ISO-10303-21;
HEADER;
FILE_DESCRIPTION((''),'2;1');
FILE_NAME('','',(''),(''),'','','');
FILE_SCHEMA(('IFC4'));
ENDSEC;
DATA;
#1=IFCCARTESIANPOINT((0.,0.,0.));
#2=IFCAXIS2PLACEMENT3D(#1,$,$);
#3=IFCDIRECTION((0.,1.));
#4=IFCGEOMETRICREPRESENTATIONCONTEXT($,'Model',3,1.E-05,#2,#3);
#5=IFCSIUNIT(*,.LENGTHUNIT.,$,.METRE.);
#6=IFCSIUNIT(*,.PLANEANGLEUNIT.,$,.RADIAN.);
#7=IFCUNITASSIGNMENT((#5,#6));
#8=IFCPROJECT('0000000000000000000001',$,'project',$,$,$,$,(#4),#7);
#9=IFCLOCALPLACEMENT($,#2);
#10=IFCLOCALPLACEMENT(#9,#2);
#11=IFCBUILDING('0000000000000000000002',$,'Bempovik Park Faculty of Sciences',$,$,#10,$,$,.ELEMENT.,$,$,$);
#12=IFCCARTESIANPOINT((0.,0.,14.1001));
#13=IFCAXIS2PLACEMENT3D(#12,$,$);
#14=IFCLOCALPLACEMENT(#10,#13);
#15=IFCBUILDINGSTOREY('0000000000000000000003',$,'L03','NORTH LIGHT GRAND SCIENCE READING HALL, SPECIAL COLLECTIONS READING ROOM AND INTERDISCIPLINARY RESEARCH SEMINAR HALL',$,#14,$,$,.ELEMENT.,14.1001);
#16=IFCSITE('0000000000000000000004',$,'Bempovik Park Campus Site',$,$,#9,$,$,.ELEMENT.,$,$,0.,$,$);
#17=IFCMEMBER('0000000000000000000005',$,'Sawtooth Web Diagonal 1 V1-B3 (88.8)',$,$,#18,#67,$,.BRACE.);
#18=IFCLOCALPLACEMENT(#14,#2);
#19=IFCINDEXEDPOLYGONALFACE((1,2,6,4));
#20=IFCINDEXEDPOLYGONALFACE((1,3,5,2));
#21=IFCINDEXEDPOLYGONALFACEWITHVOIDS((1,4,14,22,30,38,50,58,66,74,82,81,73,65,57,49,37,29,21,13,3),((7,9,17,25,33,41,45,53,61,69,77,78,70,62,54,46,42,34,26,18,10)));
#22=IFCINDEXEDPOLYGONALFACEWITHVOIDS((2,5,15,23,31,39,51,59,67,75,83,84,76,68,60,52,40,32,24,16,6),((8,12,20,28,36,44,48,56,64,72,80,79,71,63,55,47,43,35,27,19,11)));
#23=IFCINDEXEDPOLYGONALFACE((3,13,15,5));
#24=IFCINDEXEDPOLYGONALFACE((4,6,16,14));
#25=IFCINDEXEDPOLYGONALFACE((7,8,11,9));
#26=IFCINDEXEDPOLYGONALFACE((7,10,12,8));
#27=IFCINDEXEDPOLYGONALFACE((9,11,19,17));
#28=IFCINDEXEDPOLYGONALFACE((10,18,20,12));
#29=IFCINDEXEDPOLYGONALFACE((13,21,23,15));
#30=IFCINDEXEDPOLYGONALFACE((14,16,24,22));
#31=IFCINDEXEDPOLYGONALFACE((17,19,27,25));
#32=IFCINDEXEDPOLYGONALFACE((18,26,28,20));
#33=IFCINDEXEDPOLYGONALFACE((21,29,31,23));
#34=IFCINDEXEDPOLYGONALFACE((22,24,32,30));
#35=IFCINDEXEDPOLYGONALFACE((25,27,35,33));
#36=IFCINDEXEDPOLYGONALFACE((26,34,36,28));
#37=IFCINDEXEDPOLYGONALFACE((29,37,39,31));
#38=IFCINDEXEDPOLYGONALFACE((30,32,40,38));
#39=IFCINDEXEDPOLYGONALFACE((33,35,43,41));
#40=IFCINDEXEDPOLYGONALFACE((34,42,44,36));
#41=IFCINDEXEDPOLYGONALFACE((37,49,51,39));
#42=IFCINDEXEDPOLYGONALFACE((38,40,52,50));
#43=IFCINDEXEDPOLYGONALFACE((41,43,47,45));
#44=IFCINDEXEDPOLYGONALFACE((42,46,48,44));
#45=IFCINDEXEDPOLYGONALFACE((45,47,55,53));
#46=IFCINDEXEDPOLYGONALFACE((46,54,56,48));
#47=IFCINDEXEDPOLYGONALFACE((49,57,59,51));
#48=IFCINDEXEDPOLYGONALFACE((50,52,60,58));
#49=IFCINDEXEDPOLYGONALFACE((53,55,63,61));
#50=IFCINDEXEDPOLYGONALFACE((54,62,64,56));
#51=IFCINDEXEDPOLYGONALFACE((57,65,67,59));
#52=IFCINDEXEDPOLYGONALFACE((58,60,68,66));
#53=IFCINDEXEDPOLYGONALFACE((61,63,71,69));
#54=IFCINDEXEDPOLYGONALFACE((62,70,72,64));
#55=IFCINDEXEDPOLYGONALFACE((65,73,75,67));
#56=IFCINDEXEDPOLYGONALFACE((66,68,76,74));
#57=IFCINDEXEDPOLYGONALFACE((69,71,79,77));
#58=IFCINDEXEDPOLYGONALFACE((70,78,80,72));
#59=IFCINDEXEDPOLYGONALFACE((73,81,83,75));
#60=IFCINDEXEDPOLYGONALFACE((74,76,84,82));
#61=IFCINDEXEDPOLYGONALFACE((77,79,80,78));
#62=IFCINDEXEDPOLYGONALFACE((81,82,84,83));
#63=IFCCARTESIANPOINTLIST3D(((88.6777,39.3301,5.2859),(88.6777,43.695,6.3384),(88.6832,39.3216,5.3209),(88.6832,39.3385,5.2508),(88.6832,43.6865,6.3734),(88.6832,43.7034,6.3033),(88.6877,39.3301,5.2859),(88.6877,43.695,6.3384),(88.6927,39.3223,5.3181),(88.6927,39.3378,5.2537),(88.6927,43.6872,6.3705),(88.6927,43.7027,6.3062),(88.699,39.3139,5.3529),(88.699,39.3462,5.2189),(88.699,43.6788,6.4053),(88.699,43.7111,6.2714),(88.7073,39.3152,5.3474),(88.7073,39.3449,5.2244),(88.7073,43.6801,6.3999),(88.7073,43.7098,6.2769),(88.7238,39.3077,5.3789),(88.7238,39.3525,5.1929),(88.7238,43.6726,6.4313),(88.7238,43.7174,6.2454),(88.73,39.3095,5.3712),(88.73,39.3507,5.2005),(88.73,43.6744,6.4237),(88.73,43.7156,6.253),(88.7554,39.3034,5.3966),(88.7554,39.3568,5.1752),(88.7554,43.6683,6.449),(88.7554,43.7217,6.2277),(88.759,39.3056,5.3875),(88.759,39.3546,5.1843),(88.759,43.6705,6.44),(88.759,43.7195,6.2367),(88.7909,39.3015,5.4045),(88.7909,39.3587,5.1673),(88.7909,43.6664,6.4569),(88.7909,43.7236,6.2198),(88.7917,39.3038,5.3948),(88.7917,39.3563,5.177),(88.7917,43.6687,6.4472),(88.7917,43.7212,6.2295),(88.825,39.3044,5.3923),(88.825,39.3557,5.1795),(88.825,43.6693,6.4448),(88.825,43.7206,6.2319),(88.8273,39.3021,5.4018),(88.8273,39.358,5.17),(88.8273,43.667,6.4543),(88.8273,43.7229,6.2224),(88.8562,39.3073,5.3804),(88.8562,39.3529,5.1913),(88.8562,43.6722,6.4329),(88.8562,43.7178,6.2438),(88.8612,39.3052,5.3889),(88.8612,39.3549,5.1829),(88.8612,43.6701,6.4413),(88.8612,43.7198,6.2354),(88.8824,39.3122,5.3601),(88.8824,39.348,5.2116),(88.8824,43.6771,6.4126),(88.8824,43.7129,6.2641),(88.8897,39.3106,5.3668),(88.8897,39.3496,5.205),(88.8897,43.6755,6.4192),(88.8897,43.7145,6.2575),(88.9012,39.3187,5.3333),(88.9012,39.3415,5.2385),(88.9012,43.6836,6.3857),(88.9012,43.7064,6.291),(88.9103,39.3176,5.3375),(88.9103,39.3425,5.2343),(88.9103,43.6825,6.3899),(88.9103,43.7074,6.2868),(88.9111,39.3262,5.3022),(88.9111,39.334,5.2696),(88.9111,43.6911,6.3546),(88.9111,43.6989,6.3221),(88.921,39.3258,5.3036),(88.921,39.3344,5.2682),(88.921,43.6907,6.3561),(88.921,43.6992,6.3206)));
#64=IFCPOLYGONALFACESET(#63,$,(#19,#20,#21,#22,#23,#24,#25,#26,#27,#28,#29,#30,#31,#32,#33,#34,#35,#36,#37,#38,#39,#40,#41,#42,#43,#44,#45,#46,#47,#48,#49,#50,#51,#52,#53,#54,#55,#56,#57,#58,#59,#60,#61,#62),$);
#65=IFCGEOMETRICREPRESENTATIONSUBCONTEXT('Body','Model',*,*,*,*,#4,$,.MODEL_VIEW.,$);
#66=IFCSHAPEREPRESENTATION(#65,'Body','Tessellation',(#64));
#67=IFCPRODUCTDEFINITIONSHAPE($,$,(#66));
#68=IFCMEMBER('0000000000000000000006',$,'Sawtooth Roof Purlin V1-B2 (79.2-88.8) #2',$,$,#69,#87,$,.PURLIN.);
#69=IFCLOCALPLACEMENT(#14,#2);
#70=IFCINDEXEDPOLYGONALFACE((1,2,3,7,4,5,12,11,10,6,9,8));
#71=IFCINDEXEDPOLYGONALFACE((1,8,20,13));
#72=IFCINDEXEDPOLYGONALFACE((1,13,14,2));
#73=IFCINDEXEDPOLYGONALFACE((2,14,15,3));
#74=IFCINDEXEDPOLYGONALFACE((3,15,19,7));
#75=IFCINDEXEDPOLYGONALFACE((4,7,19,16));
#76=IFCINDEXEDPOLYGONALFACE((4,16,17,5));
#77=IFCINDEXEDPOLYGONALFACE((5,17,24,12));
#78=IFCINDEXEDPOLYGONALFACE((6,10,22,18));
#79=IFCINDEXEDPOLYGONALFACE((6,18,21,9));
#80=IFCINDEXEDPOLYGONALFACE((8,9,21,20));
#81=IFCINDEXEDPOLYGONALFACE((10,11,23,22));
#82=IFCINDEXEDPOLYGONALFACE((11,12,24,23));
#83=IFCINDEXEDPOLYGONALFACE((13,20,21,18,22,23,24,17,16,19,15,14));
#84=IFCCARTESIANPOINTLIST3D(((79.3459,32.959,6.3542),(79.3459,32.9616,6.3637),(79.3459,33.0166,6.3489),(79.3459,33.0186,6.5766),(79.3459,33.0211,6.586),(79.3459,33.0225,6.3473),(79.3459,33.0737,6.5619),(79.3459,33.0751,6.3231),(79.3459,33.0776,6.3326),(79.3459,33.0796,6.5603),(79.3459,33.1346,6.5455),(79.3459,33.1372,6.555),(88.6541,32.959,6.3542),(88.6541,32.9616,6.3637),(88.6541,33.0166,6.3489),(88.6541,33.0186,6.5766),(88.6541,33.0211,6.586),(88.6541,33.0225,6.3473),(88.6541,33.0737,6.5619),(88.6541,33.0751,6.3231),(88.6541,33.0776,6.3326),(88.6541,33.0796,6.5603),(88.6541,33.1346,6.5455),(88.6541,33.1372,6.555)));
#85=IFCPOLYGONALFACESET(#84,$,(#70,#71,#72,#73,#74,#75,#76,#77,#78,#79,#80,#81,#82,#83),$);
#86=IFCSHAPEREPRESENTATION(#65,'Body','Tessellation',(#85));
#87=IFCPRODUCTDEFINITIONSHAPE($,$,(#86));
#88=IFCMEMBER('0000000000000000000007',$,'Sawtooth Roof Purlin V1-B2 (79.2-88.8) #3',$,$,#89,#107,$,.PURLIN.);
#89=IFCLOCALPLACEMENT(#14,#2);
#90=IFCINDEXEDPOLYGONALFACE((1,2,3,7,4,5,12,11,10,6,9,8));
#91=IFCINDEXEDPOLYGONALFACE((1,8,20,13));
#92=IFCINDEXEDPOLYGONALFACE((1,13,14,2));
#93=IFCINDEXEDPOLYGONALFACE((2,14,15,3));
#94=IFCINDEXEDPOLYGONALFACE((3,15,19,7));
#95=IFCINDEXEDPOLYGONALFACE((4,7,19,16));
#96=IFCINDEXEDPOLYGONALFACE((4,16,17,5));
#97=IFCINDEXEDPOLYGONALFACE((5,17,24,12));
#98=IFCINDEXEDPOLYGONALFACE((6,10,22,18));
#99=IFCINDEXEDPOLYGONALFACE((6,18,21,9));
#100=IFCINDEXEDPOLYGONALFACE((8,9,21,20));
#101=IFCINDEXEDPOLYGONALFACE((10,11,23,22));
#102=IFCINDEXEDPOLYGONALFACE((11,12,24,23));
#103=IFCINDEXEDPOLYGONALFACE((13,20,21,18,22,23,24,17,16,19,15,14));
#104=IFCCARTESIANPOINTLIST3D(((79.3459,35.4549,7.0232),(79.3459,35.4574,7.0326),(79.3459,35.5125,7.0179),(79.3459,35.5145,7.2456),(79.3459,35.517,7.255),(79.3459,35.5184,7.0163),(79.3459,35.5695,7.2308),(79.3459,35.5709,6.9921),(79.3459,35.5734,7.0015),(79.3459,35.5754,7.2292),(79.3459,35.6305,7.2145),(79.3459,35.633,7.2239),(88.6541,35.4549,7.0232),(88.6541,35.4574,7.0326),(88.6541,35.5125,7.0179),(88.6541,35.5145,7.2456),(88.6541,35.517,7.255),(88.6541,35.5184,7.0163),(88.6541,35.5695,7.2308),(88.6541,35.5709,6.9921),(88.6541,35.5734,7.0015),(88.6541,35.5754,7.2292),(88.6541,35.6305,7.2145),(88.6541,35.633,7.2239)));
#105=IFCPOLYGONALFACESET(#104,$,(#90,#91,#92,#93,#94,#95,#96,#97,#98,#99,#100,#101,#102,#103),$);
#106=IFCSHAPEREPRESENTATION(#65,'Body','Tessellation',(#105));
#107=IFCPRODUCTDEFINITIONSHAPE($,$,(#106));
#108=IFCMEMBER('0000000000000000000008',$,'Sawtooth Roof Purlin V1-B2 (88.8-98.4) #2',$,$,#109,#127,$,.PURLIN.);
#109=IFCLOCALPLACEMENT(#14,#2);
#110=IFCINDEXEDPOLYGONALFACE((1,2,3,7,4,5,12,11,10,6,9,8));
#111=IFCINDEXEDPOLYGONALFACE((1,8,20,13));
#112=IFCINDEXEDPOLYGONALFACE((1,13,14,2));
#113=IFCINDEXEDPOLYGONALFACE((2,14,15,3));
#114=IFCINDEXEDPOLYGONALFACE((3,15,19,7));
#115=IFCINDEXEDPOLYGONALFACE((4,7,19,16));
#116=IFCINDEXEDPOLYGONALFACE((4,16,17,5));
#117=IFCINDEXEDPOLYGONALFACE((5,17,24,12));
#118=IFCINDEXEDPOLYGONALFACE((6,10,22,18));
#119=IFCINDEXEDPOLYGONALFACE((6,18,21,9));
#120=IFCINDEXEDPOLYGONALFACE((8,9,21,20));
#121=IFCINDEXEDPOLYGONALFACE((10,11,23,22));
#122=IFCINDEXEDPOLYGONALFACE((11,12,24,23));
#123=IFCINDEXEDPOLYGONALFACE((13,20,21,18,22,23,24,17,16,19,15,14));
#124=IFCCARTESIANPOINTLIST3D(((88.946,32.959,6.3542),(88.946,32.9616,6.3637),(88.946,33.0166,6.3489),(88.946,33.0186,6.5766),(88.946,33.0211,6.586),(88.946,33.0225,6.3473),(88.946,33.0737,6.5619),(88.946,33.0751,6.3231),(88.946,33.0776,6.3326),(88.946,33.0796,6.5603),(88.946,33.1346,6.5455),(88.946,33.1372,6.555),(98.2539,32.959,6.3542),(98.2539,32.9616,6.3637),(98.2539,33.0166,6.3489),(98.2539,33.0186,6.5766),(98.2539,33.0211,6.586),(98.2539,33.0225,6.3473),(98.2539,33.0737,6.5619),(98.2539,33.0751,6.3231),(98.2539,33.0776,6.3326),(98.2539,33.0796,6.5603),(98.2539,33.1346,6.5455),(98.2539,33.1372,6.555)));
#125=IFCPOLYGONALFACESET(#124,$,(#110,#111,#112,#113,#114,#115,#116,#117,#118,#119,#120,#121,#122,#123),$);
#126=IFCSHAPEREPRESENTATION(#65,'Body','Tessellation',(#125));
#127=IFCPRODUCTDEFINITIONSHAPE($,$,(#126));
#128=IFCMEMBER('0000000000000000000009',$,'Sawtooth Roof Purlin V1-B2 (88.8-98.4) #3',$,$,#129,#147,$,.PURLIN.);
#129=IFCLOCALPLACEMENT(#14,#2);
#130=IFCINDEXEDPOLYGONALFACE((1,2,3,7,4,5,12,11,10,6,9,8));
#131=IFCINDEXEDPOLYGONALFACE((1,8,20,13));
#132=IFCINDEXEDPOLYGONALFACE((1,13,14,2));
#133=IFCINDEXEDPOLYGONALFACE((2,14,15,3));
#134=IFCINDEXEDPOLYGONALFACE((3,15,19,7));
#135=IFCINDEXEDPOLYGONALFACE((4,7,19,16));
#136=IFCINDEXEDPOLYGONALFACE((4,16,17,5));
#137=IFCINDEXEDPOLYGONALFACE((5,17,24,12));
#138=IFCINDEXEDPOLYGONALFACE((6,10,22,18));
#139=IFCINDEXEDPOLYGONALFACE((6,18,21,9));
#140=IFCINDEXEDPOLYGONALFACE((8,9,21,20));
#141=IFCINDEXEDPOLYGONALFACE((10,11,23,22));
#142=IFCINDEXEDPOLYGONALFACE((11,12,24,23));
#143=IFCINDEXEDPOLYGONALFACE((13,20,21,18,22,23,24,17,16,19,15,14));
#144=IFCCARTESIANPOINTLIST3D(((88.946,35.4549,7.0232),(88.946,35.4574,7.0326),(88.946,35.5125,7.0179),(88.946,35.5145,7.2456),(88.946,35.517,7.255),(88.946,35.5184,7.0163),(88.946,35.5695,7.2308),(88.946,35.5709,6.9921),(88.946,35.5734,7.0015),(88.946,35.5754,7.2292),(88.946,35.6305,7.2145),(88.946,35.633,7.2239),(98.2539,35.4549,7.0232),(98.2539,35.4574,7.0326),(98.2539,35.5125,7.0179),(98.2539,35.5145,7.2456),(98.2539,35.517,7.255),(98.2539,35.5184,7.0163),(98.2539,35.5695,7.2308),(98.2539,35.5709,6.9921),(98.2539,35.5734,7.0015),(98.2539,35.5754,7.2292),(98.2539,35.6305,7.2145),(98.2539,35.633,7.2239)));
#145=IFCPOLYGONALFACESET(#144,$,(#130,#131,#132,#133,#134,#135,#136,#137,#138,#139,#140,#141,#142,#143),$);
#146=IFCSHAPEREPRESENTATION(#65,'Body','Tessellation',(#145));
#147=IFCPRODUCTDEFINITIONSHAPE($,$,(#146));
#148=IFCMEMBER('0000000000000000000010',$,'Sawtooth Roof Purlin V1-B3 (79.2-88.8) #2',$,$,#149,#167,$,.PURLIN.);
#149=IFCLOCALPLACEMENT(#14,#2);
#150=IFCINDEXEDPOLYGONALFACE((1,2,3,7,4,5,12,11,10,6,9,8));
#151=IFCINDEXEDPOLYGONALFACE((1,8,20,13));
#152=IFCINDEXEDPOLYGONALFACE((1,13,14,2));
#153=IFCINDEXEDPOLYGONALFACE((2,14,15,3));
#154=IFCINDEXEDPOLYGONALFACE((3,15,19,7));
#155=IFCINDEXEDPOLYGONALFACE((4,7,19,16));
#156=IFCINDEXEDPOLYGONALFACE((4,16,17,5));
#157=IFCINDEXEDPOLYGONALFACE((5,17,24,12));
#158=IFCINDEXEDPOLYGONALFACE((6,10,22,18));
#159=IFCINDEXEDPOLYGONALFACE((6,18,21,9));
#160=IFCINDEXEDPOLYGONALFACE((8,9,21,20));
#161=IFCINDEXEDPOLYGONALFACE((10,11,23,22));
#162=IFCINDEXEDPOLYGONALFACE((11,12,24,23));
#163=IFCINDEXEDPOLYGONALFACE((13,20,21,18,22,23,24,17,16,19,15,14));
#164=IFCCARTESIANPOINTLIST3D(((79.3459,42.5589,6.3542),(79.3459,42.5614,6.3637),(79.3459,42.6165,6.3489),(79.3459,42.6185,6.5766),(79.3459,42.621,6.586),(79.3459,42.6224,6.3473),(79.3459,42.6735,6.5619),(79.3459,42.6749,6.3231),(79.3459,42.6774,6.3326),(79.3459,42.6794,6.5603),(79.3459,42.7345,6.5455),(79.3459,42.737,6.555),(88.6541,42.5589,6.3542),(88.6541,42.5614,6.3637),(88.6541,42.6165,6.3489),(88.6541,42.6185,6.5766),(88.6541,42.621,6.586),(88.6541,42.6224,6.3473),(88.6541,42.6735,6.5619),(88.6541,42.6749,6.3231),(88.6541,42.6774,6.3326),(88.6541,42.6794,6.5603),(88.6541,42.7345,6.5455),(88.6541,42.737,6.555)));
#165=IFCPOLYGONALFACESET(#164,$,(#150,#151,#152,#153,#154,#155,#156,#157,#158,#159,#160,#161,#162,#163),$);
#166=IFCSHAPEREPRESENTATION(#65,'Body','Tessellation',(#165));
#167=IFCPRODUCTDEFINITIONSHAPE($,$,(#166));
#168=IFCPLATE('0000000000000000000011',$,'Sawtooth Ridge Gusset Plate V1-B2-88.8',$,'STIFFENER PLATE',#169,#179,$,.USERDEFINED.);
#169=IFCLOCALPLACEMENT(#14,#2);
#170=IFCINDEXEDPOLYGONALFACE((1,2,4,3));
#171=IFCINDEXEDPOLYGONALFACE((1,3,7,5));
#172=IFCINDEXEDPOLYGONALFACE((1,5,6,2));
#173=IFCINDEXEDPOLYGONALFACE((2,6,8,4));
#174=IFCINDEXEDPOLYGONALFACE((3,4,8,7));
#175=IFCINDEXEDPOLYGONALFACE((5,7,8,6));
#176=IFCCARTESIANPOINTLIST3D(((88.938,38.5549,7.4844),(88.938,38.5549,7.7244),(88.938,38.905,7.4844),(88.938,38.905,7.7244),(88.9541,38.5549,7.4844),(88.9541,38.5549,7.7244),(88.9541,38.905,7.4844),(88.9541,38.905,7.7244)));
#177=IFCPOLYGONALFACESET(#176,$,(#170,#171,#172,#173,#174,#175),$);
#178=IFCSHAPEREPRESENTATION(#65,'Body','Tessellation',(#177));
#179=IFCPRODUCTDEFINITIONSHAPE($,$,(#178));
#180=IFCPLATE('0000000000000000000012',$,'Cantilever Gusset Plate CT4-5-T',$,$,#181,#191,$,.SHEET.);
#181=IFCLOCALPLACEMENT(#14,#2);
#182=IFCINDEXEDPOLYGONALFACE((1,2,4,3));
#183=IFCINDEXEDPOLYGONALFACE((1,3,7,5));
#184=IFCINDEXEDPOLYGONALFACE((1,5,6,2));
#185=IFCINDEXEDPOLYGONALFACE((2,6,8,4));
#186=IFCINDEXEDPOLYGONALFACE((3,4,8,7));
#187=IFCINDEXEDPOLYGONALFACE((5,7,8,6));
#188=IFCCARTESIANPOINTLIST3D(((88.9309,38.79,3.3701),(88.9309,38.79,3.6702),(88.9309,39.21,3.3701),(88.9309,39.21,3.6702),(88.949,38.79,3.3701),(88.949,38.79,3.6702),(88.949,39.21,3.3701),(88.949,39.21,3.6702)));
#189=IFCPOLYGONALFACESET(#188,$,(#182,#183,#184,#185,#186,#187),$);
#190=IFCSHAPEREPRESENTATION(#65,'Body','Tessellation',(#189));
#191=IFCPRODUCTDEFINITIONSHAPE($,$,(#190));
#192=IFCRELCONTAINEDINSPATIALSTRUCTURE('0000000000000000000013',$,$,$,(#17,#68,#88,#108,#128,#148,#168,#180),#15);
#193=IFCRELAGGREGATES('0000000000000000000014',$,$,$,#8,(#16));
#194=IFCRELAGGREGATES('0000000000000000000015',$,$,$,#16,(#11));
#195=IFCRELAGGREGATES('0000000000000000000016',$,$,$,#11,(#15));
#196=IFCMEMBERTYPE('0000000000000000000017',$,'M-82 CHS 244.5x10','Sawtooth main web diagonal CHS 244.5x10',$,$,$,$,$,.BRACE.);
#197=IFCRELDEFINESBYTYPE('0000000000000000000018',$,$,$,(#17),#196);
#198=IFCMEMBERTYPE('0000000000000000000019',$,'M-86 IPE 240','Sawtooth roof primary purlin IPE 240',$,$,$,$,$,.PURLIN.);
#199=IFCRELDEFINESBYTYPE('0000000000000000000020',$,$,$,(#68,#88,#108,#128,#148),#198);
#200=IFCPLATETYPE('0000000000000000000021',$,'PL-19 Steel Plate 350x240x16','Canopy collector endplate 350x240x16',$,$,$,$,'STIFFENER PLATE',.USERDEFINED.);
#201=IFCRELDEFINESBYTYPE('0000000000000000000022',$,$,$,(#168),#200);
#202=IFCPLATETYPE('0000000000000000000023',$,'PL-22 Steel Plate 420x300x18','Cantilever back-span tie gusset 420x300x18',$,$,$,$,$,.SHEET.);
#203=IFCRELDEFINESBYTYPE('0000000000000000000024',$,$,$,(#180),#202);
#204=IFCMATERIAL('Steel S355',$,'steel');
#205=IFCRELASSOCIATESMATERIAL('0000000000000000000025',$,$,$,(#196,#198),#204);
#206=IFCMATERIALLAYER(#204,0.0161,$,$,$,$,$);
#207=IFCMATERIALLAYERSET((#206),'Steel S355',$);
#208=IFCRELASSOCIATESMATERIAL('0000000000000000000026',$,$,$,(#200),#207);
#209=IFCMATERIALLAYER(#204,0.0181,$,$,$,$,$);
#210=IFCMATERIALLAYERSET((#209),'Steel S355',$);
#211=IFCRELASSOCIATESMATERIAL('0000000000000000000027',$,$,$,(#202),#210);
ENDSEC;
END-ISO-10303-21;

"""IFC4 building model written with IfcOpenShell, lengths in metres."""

from ifc_helpers import new_model, si_unit, direction, frame, origin, origin_2d, place, context, subcontext, project, spatial, rectangle, hollow_circle, i_section, extrude, material, layer, layer_set, material_profile, profile_set, type_object, element, save


model = new_model("IFC4")

# Units and contexts
model_context = context("Model", 3, precision=1e-05, world=origin(), true_north=direction((0.0, 1.0)))
body_context = subcontext(model_context, "Body", "Model", "MODEL_VIEW")
ifc_project = project(units=[si_unit("LENGTHUNIT", "METRE"), si_unit("PLANEANGLEUNIT", "RADIAN")], contexts=[model_context])

# Site, building, storey
site_placement = place(None, origin())
site = spatial("IfcSite", under=ifc_project, at=site_placement, Name="Bempovik Park Campus Site", CompositionType="ELEMENT", RefElevation=0.0)
building_placement = place(site_placement, origin())
building = spatial("IfcBuilding", under=site, at=building_placement, Name="Bempovik Park Faculty of Sciences", CompositionType="ELEMENT")
storey_placement = place(building_placement, frame((0.0, 0.0, 14.1001)))
storey = spatial("IfcBuildingStorey", under=building, at=storey_placement, Name="L03", Description="NORTH LIGHT GRAND SCIENCE READING HALL, SPECIAL COLLECTIONS READING ROOM AND INTERDISCIPLINARY RESEARCH SEMINAR HALL", CompositionType="ELEMENT", Elevation=14.1001)

# Shared definitions
ifc_material_1 = material(Name="Steel S355", Category="steel")

# Members
ifc_material_profile_1 = material_profile(ifc_material_1, hollow_circle(Radius=0.1223, WallThickness=0.01, at=origin_2d()), Name="CHS 244.5x10")
ifc_profile_set_1 = profile_set([ifc_material_profile_1], Name="Steel S355")
member_type_1 = type_object("IfcMemberType", Name="M-82 CHS 244.5x10", Description="Sawtooth main web diagonal CHS 244.5x10", PredefinedType="BRACE", material=ifc_profile_set_1)
for number, where, z_axis, x_axis, name in (
    (1, (88.8, 39.3301, 5.2859), (0.0, 0.972139, 0.234403), (-1.0, 0.0, 0.0), "Sawtooth Web Diagonal 1 V1-B3 (88.8)"),
):
    element("IfcMember", number, at=place(storey_placement, frame(where, z_axis=z_axis, x_axis=x_axis)), inside=storey, type_object=member_type_1, Name=name, PredefinedType="BRACE", context=body_context, shape_type="SweptSolid", body=[
        extrude(hollow_circle(Radius=0.1223, WallThickness=0.01, at=origin_2d()), origin(), (0.0, 0.0, 1.0), 4.49),
    ])
ifc_material_profile_2 = material_profile(ifc_material_1, i_section(OverallWidth=0.1201, OverallDepth=0.24, WebThickness=0.0061, FlangeThickness=0.0098, at=origin_2d()), Name="IPE 240")
ifc_profile_set_2 = profile_set([ifc_material_profile_2], Name="Steel S355")
member_type_2 = type_object("IfcMemberType", Name="M-86 IPE 240", Description="Sawtooth roof primary purlin IPE 240", PredefinedType="PURLIN", material=ifc_profile_set_2)
for number, where, z_axis, x_axis, name in (
    (2, (79.3459, 33.0481, 6.4546), (1.0, 0.0, 0.0), (0.0, 0.965926, -0.258819), "Sawtooth Roof Purlin V1-B2 (79.2-88.8) #2"),
    (3, (79.3459, 35.5439, 7.1235), (1.0, 0.0, 0.0), (0.0, 0.965926, -0.258819), "Sawtooth Roof Purlin V1-B2 (79.2-88.8) #3"),
):
    element("IfcMember", number, at=place(storey_placement, frame(where, z_axis=z_axis, x_axis=x_axis)), inside=storey, type_object=member_type_2, Name=name, PredefinedType="PURLIN", context=body_context, shape_type="SweptSolid", body=[
        extrude(i_section(OverallWidth=0.1201, OverallDepth=0.24, WebThickness=0.0061, FlangeThickness=0.0098, at=origin_2d()), origin(), (0.0, 0.0, 1.0), 9.3081),
    ])
for number, where, z_axis, x_axis, name in (
    (4, (88.946, 33.0481, 6.4546), (1.0, 0.0, 0.0), (0.0, 0.965926, -0.258819), "Sawtooth Roof Purlin V1-B2 (88.8-98.4) #2"),
    (5, (88.946, 35.5439, 7.1235), (1.0, 0.0, 0.0), (0.0, 0.965926, -0.258819), "Sawtooth Roof Purlin V1-B2 (88.8-98.4) #3"),
):
    element("IfcMember", number, at=place(storey_placement, frame(where, z_axis=z_axis, x_axis=x_axis)), inside=storey, type_object=member_type_2, Name=name, PredefinedType="PURLIN", context=body_context, shape_type="SweptSolid", body=[
        extrude(i_section(OverallWidth=0.1201, OverallDepth=0.24, WebThickness=0.0061, FlangeThickness=0.0098, at=origin_2d()), origin(), (0.0, 0.0, 1.0), 9.3079),
    ])
member_1_placement = place(storey_placement, frame((79.3459, 42.6479, 6.4546), z_axis=(1.0, 0.0, 0.0), x_axis=(0.0, 0.965926, -0.258819)))
element("IfcMember", 6, at=member_1_placement, inside=storey, type_object=member_type_2, Name="Sawtooth Roof Purlin V1-B3 (79.2-88.8) #2", PredefinedType="PURLIN", context=body_context, shape_type="SweptSolid", body=[
    extrude(i_section(OverallWidth=0.1201, OverallDepth=0.24, WebThickness=0.0061, FlangeThickness=0.0098, at=origin_2d()), origin(), (0.0, 0.0, 1.0), 9.3081),
])

# Plates
ifc_layer_1 = layer(ifc_material_1, 0.0161)
ifc_layer_set_1 = layer_set([ifc_layer_1], Name="Steel S355")
plate_type_1 = type_object("IfcPlateType", Name="PL-19 Steel Plate 350x240x16", Description="Canopy collector endplate 350x240x16", ElementType="STIFFENER PLATE", PredefinedType="USERDEFINED", material=ifc_layer_set_1)
plate_1_placement = place(storey_placement, frame((88.946, 38.73, 7.4844), z_axis=(0.0, 0.0, 1.0), x_axis=(1.0, 0.0, 0.0)))
element("IfcPlate", 7, at=plate_1_placement, inside=storey, type_object=plate_type_1, Name="Sawtooth Ridge Gusset Plate V1-B2-88.8", ObjectType="STIFFENER PLATE", PredefinedType="USERDEFINED", context=body_context, shape_type="SweptSolid", body=[
    extrude(rectangle(XDim=0.0161, YDim=0.3501, at=origin_2d()), origin(), (0.0, 0.0, 1.0), 0.24),
])
ifc_layer_2 = layer(ifc_material_1, 0.0181)
ifc_layer_set_2 = layer_set([ifc_layer_2], Name="Steel S355")
plate_type_2 = type_object("IfcPlateType", Name="PL-22 Steel Plate 420x300x18", Description="Cantilever back-span tie gusset 420x300x18", PredefinedType="SHEET", material=ifc_layer_set_2)
plate_2_placement = place(storey_placement, frame((88.9399, 39.0, 3.3701), z_axis=(0.0, 0.0, 1.0), x_axis=(1.0, 0.0, 0.0)))
element("IfcPlate", 8, at=plate_2_placement, inside=storey, type_object=plate_type_2, Name="Cantilever Gusset Plate CT4-5-T", PredefinedType="SHEET", context=body_context, shape_type="SweptSolid", body=[
    extrude(rectangle(XDim=0.0181, YDim=0.4199, at=origin_2d()), origin(), (0.0, 0.0, 1.0), 0.3),
])

save(model, "model.ifc")
